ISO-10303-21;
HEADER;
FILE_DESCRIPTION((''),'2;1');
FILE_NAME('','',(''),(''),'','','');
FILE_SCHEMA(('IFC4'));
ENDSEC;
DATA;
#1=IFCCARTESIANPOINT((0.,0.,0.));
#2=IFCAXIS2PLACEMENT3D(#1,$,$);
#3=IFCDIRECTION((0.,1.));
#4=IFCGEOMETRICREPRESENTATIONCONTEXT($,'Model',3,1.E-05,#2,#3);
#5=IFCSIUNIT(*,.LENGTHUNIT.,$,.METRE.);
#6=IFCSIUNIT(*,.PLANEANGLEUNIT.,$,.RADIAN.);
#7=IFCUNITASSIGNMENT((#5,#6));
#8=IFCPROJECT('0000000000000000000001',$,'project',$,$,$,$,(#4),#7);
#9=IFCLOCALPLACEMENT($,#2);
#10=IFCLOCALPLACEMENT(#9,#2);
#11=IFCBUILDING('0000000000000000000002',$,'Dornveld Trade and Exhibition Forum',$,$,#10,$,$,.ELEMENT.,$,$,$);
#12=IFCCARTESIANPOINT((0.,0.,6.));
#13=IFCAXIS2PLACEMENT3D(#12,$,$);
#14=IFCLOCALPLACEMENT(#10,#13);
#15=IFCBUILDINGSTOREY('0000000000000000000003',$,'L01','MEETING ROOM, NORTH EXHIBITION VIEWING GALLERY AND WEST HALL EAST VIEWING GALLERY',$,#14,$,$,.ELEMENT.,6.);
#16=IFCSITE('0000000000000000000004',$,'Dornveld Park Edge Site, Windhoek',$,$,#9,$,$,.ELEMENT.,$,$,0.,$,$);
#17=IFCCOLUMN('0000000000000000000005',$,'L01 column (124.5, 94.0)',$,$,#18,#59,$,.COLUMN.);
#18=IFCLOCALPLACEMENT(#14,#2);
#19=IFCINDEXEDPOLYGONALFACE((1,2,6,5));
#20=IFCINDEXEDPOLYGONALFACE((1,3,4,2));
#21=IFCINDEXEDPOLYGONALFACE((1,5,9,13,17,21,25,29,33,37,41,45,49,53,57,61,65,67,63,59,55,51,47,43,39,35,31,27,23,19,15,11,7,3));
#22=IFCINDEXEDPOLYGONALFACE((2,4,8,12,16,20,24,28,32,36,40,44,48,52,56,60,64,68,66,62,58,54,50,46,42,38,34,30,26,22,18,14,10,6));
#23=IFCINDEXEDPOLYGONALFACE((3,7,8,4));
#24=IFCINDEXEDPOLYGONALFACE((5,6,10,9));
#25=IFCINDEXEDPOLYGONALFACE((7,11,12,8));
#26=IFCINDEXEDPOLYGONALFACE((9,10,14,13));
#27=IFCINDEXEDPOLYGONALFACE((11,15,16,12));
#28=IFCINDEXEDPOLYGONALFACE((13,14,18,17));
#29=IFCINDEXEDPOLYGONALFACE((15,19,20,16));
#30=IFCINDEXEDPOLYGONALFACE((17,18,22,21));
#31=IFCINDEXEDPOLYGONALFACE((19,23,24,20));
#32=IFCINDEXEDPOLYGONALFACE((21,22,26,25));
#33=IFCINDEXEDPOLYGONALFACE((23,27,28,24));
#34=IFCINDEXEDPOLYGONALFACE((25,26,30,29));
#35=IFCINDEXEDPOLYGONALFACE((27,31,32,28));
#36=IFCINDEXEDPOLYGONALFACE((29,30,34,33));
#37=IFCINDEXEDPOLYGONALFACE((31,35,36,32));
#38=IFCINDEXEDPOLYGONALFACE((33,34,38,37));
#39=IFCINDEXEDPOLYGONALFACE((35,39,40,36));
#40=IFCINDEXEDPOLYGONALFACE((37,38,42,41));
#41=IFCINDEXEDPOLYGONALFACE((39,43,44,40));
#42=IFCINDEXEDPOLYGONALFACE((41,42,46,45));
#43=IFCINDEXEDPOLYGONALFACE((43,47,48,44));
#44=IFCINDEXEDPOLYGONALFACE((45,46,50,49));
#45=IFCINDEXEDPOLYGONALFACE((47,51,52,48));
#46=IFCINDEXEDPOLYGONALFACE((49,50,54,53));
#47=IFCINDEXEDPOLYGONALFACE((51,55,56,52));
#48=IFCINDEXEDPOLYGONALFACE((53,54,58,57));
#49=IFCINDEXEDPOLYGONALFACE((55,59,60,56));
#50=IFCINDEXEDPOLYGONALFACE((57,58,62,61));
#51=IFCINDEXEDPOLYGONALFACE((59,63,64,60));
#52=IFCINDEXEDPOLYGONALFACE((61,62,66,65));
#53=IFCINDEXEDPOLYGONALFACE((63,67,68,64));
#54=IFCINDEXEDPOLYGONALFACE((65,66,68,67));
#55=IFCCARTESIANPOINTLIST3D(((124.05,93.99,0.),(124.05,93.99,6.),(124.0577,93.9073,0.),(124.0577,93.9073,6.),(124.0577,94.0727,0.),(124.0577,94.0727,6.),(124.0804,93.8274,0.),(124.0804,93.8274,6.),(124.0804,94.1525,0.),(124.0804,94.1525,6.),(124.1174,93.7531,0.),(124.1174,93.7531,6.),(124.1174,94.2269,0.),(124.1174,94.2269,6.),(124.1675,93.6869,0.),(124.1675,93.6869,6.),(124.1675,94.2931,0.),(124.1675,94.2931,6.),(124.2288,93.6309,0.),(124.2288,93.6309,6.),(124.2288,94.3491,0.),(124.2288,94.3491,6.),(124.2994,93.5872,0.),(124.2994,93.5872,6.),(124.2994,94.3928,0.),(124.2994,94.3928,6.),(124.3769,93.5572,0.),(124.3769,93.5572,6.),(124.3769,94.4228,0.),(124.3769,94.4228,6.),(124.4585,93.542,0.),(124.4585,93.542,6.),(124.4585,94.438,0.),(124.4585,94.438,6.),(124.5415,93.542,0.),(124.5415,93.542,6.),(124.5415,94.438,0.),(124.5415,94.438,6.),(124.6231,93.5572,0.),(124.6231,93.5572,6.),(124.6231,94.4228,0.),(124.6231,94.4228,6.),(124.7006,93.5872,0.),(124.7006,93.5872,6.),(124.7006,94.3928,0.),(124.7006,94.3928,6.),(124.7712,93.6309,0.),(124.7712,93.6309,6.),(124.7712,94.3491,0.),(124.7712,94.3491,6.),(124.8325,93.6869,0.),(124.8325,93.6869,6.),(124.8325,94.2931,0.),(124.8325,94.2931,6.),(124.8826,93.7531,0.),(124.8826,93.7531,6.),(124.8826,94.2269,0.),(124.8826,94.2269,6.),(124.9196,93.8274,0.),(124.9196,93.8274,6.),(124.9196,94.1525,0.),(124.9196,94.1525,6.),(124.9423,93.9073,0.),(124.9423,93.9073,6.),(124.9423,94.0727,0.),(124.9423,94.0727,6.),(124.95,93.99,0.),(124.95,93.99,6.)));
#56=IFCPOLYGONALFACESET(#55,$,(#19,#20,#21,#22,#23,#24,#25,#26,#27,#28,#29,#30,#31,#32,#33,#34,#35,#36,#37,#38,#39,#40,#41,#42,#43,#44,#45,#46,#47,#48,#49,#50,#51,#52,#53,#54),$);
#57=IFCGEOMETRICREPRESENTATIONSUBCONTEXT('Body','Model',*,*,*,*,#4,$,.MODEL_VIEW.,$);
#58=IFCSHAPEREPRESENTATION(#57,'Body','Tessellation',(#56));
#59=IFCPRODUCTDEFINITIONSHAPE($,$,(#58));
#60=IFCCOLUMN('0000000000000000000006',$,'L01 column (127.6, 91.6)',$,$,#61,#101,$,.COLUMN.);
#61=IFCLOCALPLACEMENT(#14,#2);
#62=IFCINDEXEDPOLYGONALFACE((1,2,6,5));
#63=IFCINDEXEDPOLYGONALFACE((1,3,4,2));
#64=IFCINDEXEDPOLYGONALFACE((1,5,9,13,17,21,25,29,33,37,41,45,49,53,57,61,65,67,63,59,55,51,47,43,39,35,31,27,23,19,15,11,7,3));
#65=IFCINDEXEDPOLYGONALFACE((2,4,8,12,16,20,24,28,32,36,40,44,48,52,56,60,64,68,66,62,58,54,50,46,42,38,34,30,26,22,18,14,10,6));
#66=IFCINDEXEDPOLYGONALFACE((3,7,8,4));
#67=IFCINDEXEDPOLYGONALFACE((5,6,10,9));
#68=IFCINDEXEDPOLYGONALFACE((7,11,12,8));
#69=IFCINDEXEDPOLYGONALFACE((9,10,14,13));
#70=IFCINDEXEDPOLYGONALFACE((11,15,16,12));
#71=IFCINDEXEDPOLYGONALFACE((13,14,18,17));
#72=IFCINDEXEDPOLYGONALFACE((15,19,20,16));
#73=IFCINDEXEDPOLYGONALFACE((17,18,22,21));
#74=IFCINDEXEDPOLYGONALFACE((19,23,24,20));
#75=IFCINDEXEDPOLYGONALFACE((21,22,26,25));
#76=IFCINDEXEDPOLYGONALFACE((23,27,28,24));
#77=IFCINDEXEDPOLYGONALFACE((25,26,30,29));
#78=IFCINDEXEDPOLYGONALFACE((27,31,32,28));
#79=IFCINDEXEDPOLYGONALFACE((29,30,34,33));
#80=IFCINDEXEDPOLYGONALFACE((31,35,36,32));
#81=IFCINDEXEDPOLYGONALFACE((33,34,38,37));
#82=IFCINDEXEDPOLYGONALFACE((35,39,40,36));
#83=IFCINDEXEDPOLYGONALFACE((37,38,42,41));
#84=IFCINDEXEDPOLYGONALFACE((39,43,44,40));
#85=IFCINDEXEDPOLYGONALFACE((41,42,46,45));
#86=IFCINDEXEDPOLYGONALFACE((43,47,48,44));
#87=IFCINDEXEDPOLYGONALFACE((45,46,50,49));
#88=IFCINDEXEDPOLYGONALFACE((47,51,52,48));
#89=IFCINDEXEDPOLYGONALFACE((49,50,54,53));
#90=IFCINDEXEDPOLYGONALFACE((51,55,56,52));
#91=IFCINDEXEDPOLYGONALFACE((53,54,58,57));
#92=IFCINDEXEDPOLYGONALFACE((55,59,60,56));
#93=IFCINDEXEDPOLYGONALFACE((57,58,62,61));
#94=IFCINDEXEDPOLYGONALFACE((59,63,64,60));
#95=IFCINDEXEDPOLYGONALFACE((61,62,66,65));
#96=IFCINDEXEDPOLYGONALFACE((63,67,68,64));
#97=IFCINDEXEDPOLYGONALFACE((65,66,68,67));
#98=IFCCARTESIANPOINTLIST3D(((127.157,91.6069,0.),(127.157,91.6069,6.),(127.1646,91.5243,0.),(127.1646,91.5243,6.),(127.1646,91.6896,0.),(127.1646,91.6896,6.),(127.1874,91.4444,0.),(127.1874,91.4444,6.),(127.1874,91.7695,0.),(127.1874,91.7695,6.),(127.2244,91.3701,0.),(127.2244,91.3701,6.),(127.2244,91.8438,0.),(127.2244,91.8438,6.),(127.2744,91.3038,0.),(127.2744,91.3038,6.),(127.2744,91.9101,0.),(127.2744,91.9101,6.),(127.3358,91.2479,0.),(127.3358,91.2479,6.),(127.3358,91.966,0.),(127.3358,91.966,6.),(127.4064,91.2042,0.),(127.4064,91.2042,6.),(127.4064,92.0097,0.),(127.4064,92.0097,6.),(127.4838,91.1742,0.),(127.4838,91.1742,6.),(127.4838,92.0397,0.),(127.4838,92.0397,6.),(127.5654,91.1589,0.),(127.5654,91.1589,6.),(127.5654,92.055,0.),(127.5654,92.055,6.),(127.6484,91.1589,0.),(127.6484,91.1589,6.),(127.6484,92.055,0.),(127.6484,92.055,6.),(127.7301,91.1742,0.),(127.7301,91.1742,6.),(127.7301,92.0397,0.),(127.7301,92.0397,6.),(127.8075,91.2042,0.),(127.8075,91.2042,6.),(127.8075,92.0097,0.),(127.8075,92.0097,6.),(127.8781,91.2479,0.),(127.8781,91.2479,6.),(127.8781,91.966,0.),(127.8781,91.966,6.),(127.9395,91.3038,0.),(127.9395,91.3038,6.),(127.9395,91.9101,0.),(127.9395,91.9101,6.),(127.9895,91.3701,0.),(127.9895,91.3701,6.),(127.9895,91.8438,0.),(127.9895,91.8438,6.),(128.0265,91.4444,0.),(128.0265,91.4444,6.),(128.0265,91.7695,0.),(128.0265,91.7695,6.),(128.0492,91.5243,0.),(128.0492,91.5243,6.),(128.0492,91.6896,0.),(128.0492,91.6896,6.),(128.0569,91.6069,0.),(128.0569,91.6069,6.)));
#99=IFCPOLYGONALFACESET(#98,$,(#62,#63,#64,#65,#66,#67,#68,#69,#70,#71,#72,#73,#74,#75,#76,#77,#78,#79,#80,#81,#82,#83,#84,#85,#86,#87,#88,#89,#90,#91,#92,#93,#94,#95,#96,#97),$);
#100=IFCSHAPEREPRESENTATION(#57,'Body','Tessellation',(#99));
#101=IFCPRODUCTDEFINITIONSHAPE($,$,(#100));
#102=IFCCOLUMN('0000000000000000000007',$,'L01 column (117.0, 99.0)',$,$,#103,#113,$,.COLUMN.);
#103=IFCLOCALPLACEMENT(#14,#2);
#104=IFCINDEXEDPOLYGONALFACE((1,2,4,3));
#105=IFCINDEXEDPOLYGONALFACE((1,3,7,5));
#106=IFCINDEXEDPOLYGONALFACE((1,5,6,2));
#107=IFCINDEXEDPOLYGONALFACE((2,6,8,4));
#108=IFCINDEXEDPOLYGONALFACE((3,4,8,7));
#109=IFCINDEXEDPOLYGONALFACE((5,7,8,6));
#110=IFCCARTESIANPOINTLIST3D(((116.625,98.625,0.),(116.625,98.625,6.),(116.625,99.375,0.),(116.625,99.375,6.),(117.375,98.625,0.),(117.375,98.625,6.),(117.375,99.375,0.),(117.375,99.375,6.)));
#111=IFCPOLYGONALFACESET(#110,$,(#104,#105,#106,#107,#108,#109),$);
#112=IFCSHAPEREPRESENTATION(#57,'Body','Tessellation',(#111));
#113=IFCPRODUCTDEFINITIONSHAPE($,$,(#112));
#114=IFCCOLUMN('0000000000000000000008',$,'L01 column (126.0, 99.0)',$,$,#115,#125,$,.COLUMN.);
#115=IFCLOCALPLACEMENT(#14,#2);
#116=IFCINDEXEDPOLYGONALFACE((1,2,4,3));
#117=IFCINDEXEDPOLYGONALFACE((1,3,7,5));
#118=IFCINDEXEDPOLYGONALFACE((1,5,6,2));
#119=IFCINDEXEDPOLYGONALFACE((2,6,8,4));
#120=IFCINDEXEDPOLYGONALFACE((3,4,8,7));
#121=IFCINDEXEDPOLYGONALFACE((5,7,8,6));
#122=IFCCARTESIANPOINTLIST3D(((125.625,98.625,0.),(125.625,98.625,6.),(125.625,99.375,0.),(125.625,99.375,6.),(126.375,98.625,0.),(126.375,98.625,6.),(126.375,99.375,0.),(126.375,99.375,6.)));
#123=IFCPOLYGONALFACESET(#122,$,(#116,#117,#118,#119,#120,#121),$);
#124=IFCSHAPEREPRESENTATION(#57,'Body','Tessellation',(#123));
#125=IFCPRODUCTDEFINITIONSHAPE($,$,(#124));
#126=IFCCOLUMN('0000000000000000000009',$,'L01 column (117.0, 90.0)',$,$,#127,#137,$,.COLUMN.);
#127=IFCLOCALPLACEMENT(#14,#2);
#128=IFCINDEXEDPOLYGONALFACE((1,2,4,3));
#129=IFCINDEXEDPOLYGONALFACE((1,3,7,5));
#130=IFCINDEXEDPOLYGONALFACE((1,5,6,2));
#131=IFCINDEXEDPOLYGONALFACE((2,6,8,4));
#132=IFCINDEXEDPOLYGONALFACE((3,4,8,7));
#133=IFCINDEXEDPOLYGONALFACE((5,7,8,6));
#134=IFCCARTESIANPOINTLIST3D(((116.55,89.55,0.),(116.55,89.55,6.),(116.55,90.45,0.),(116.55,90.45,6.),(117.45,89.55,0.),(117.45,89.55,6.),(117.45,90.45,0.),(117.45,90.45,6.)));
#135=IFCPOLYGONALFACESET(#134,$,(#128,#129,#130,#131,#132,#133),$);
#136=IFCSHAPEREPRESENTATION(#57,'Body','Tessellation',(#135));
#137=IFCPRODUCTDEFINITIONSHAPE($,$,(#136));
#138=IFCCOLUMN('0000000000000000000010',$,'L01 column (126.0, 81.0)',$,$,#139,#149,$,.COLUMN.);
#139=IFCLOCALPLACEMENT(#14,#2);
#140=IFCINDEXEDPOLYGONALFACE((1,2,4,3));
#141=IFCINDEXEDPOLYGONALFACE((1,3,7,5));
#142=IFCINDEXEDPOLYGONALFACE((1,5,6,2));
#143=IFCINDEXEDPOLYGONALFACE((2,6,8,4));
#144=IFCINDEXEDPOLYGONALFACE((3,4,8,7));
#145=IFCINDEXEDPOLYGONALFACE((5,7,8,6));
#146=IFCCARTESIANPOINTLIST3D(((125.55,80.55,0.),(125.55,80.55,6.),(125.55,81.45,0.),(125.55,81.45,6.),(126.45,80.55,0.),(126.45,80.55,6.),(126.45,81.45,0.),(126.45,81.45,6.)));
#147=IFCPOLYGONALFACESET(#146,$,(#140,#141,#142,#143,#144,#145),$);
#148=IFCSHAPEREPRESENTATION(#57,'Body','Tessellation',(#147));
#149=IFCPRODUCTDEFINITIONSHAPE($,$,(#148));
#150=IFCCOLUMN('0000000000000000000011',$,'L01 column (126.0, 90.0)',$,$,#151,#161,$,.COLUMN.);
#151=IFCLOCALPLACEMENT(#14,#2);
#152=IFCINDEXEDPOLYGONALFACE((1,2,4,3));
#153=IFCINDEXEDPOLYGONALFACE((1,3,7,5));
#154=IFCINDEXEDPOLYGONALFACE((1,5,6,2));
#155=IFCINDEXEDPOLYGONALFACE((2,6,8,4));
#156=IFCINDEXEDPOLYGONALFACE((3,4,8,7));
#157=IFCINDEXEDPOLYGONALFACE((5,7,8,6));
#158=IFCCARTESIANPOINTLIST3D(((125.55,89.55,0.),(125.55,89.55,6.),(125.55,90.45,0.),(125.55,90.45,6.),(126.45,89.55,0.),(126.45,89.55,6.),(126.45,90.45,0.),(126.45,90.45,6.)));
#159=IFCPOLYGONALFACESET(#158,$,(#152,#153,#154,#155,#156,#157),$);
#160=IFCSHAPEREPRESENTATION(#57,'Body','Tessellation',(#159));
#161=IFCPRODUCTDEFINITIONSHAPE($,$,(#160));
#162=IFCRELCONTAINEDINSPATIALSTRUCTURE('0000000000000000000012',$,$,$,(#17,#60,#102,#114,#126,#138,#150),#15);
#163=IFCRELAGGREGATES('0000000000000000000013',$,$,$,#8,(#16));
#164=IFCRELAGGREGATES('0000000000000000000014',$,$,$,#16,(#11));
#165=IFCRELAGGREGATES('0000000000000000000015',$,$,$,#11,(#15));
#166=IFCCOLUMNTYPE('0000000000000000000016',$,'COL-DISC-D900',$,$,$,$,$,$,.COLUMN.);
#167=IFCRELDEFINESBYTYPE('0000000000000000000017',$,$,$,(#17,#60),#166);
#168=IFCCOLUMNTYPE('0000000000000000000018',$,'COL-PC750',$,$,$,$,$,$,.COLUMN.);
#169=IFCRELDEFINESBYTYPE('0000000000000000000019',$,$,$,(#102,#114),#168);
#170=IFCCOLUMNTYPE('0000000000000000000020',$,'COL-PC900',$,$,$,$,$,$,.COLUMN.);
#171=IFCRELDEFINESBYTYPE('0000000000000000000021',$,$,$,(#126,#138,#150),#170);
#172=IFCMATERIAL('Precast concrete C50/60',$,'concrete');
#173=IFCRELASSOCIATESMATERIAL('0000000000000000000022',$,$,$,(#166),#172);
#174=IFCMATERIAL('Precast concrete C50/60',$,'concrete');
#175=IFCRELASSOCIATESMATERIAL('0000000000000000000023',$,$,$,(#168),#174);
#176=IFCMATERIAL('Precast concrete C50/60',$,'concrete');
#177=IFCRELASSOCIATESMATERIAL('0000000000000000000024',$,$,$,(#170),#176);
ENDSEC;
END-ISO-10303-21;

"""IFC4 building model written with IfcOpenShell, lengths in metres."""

from ifc_helpers import new_model, si_unit, direction, frame, origin, origin_2d, place, context, subcontext, project, spatial, rectangle, circle, extrude, material, material_profile, profile_set, type_object, element, save


model = new_model("IFC4")

# Units and contexts
model_context = context("Model", 3, precision=1e-05, world=origin(), true_north=direction((0.0, 1.0)))
body_context = subcontext(model_context, "Body", "Model", "MODEL_VIEW")
ifc_project = project(units=[si_unit("LENGTHUNIT", "METRE"), si_unit("PLANEANGLEUNIT", "RADIAN")], contexts=[model_context])

# Site, building, storey
site_placement = place(None, origin())
site = spatial("IfcSite", under=ifc_project, at=site_placement, Name="Dornveld Park Edge Site, Windhoek", CompositionType="ELEMENT", RefElevation=0.0)
building_placement = place(site_placement, origin())
building = spatial("IfcBuilding", under=site, at=building_placement, Name="Dornveld Trade and Exhibition Forum", CompositionType="ELEMENT")
storey_placement = place(building_placement, frame((0.0, 0.0, 6.0)))
storey = spatial("IfcBuildingStorey", under=building, at=storey_placement, Name="L01", Description="MEETING ROOM, NORTH EXHIBITION VIEWING GALLERY AND WEST HALL EAST VIEWING GALLERY", CompositionType="ELEMENT", Elevation=6.0)

# Columns
ifc_material_1 = material(Name="Precast concrete C50/60", Category="concrete")
ifc_material_profile_1 = material_profile(ifc_material_1, circle(Radius=0.45, at=origin_2d()), Name="PC-COL D900")
ifc_profile_set_1 = profile_set([ifc_material_profile_1], Name="Precast concrete C50/60")
column_type_1 = type_object("IfcColumnType", Name="COL-DISC-D900", PredefinedType="COLUMN", material=ifc_profile_set_1)
for number, where, z_axis, x_axis, name in (
    (1, (124.5, 93.99, 0.0), (0.0, 0.0, 1.0), (1.0, 0.0, 0.0), "L01 column (124.5, 94.0)"),
    (2, (127.6069, 91.6069, 0.0), (0.0, 0.0, 1.0), (1.0, 0.0, 0.0), "L01 column (127.6, 91.6)"),
):
    element("IfcColumn", number, at=place(storey_placement, frame(where, z_axis=z_axis, x_axis=x_axis)), inside=storey, type_object=column_type_1, Name=name, PredefinedType="COLUMN", context=body_context, shape_type="SweptSolid", body=[
        extrude(circle(Radius=0.45, at=origin_2d()), origin(), (0.0, 0.0, 1.0), 6.0),
    ])
ifc_material_2 = material(Name="Precast concrete C50/60", Category="concrete")
ifc_material_profile_2 = material_profile(ifc_material_2, rectangle(XDim=0.75, YDim=0.75, at=origin_2d()), Name="PC-COL 750x750")
ifc_profile_set_2 = profile_set([ifc_material_profile_2], Name="Precast concrete C50/60")
column_type_2 = type_object("IfcColumnType", Name="COL-PC750", PredefinedType="COLUMN", material=ifc_profile_set_2)
for number, where, z_axis, x_axis, name in (
    (3, (117.0, 99.0, 0.0), (0.0, 0.0, 1.0), (1.0, 0.0, 0.0), "L01 column (117.0, 99.0)"),
    (4, (126.0, 99.0, 0.0), (0.0, 0.0, 1.0), (1.0, 0.0, 0.0), "L01 column (126.0, 99.0)"),
):
    element("IfcColumn", number, at=place(storey_placement, frame(where, z_axis=z_axis, x_axis=x_axis)), inside=storey, type_object=column_type_2, Name=name, PredefinedType="COLUMN", context=body_context, shape_type="SweptSolid", body=[
        extrude(rectangle(XDim=0.75, YDim=0.75, at=origin_2d()), origin(), (0.0, 0.0, 1.0), 6.0),
    ])
ifc_material_3 = material(Name="Precast concrete C50/60", Category="concrete")
ifc_material_profile_3 = material_profile(ifc_material_3, rectangle(XDim=0.8999, YDim=0.8999, at=origin_2d()), Name="PC-COL 900x900")
ifc_profile_set_3 = profile_set([ifc_material_profile_3], Name="Precast concrete C50/60")
column_type_3 = type_object("IfcColumnType", Name="COL-PC900", PredefinedType="COLUMN", material=ifc_profile_set_3)
for number, where, z_axis, x_axis, name in (
    (5, (117.0, 90.0, 0.0), (0.0, 0.0, 1.0), (1.0, 0.0, 0.0), "L01 column (117.0, 90.0)"),
    (6, (126.0, 81.0, 0.0), (0.0, 0.0, 1.0), (1.0, 0.0, 0.0), "L01 column (126.0, 81.0)"),
    (7, (126.0, 90.0, 0.0), (0.0, 0.0, 1.0), (1.0, 0.0, 0.0), "L01 column (126.0, 90.0)"),
):
    element("IfcColumn", number, at=place(storey_placement, frame(where, z_axis=z_axis, x_axis=x_axis)), inside=storey, type_object=column_type_3, Name=name, PredefinedType="COLUMN", context=body_context, shape_type="SweptSolid", body=[
        extrude(rectangle(XDim=0.8999, YDim=0.8999, at=origin_2d()), origin(), (0.0, 0.0, 1.0), 6.0),
    ])

save(model, "model.ifc")
